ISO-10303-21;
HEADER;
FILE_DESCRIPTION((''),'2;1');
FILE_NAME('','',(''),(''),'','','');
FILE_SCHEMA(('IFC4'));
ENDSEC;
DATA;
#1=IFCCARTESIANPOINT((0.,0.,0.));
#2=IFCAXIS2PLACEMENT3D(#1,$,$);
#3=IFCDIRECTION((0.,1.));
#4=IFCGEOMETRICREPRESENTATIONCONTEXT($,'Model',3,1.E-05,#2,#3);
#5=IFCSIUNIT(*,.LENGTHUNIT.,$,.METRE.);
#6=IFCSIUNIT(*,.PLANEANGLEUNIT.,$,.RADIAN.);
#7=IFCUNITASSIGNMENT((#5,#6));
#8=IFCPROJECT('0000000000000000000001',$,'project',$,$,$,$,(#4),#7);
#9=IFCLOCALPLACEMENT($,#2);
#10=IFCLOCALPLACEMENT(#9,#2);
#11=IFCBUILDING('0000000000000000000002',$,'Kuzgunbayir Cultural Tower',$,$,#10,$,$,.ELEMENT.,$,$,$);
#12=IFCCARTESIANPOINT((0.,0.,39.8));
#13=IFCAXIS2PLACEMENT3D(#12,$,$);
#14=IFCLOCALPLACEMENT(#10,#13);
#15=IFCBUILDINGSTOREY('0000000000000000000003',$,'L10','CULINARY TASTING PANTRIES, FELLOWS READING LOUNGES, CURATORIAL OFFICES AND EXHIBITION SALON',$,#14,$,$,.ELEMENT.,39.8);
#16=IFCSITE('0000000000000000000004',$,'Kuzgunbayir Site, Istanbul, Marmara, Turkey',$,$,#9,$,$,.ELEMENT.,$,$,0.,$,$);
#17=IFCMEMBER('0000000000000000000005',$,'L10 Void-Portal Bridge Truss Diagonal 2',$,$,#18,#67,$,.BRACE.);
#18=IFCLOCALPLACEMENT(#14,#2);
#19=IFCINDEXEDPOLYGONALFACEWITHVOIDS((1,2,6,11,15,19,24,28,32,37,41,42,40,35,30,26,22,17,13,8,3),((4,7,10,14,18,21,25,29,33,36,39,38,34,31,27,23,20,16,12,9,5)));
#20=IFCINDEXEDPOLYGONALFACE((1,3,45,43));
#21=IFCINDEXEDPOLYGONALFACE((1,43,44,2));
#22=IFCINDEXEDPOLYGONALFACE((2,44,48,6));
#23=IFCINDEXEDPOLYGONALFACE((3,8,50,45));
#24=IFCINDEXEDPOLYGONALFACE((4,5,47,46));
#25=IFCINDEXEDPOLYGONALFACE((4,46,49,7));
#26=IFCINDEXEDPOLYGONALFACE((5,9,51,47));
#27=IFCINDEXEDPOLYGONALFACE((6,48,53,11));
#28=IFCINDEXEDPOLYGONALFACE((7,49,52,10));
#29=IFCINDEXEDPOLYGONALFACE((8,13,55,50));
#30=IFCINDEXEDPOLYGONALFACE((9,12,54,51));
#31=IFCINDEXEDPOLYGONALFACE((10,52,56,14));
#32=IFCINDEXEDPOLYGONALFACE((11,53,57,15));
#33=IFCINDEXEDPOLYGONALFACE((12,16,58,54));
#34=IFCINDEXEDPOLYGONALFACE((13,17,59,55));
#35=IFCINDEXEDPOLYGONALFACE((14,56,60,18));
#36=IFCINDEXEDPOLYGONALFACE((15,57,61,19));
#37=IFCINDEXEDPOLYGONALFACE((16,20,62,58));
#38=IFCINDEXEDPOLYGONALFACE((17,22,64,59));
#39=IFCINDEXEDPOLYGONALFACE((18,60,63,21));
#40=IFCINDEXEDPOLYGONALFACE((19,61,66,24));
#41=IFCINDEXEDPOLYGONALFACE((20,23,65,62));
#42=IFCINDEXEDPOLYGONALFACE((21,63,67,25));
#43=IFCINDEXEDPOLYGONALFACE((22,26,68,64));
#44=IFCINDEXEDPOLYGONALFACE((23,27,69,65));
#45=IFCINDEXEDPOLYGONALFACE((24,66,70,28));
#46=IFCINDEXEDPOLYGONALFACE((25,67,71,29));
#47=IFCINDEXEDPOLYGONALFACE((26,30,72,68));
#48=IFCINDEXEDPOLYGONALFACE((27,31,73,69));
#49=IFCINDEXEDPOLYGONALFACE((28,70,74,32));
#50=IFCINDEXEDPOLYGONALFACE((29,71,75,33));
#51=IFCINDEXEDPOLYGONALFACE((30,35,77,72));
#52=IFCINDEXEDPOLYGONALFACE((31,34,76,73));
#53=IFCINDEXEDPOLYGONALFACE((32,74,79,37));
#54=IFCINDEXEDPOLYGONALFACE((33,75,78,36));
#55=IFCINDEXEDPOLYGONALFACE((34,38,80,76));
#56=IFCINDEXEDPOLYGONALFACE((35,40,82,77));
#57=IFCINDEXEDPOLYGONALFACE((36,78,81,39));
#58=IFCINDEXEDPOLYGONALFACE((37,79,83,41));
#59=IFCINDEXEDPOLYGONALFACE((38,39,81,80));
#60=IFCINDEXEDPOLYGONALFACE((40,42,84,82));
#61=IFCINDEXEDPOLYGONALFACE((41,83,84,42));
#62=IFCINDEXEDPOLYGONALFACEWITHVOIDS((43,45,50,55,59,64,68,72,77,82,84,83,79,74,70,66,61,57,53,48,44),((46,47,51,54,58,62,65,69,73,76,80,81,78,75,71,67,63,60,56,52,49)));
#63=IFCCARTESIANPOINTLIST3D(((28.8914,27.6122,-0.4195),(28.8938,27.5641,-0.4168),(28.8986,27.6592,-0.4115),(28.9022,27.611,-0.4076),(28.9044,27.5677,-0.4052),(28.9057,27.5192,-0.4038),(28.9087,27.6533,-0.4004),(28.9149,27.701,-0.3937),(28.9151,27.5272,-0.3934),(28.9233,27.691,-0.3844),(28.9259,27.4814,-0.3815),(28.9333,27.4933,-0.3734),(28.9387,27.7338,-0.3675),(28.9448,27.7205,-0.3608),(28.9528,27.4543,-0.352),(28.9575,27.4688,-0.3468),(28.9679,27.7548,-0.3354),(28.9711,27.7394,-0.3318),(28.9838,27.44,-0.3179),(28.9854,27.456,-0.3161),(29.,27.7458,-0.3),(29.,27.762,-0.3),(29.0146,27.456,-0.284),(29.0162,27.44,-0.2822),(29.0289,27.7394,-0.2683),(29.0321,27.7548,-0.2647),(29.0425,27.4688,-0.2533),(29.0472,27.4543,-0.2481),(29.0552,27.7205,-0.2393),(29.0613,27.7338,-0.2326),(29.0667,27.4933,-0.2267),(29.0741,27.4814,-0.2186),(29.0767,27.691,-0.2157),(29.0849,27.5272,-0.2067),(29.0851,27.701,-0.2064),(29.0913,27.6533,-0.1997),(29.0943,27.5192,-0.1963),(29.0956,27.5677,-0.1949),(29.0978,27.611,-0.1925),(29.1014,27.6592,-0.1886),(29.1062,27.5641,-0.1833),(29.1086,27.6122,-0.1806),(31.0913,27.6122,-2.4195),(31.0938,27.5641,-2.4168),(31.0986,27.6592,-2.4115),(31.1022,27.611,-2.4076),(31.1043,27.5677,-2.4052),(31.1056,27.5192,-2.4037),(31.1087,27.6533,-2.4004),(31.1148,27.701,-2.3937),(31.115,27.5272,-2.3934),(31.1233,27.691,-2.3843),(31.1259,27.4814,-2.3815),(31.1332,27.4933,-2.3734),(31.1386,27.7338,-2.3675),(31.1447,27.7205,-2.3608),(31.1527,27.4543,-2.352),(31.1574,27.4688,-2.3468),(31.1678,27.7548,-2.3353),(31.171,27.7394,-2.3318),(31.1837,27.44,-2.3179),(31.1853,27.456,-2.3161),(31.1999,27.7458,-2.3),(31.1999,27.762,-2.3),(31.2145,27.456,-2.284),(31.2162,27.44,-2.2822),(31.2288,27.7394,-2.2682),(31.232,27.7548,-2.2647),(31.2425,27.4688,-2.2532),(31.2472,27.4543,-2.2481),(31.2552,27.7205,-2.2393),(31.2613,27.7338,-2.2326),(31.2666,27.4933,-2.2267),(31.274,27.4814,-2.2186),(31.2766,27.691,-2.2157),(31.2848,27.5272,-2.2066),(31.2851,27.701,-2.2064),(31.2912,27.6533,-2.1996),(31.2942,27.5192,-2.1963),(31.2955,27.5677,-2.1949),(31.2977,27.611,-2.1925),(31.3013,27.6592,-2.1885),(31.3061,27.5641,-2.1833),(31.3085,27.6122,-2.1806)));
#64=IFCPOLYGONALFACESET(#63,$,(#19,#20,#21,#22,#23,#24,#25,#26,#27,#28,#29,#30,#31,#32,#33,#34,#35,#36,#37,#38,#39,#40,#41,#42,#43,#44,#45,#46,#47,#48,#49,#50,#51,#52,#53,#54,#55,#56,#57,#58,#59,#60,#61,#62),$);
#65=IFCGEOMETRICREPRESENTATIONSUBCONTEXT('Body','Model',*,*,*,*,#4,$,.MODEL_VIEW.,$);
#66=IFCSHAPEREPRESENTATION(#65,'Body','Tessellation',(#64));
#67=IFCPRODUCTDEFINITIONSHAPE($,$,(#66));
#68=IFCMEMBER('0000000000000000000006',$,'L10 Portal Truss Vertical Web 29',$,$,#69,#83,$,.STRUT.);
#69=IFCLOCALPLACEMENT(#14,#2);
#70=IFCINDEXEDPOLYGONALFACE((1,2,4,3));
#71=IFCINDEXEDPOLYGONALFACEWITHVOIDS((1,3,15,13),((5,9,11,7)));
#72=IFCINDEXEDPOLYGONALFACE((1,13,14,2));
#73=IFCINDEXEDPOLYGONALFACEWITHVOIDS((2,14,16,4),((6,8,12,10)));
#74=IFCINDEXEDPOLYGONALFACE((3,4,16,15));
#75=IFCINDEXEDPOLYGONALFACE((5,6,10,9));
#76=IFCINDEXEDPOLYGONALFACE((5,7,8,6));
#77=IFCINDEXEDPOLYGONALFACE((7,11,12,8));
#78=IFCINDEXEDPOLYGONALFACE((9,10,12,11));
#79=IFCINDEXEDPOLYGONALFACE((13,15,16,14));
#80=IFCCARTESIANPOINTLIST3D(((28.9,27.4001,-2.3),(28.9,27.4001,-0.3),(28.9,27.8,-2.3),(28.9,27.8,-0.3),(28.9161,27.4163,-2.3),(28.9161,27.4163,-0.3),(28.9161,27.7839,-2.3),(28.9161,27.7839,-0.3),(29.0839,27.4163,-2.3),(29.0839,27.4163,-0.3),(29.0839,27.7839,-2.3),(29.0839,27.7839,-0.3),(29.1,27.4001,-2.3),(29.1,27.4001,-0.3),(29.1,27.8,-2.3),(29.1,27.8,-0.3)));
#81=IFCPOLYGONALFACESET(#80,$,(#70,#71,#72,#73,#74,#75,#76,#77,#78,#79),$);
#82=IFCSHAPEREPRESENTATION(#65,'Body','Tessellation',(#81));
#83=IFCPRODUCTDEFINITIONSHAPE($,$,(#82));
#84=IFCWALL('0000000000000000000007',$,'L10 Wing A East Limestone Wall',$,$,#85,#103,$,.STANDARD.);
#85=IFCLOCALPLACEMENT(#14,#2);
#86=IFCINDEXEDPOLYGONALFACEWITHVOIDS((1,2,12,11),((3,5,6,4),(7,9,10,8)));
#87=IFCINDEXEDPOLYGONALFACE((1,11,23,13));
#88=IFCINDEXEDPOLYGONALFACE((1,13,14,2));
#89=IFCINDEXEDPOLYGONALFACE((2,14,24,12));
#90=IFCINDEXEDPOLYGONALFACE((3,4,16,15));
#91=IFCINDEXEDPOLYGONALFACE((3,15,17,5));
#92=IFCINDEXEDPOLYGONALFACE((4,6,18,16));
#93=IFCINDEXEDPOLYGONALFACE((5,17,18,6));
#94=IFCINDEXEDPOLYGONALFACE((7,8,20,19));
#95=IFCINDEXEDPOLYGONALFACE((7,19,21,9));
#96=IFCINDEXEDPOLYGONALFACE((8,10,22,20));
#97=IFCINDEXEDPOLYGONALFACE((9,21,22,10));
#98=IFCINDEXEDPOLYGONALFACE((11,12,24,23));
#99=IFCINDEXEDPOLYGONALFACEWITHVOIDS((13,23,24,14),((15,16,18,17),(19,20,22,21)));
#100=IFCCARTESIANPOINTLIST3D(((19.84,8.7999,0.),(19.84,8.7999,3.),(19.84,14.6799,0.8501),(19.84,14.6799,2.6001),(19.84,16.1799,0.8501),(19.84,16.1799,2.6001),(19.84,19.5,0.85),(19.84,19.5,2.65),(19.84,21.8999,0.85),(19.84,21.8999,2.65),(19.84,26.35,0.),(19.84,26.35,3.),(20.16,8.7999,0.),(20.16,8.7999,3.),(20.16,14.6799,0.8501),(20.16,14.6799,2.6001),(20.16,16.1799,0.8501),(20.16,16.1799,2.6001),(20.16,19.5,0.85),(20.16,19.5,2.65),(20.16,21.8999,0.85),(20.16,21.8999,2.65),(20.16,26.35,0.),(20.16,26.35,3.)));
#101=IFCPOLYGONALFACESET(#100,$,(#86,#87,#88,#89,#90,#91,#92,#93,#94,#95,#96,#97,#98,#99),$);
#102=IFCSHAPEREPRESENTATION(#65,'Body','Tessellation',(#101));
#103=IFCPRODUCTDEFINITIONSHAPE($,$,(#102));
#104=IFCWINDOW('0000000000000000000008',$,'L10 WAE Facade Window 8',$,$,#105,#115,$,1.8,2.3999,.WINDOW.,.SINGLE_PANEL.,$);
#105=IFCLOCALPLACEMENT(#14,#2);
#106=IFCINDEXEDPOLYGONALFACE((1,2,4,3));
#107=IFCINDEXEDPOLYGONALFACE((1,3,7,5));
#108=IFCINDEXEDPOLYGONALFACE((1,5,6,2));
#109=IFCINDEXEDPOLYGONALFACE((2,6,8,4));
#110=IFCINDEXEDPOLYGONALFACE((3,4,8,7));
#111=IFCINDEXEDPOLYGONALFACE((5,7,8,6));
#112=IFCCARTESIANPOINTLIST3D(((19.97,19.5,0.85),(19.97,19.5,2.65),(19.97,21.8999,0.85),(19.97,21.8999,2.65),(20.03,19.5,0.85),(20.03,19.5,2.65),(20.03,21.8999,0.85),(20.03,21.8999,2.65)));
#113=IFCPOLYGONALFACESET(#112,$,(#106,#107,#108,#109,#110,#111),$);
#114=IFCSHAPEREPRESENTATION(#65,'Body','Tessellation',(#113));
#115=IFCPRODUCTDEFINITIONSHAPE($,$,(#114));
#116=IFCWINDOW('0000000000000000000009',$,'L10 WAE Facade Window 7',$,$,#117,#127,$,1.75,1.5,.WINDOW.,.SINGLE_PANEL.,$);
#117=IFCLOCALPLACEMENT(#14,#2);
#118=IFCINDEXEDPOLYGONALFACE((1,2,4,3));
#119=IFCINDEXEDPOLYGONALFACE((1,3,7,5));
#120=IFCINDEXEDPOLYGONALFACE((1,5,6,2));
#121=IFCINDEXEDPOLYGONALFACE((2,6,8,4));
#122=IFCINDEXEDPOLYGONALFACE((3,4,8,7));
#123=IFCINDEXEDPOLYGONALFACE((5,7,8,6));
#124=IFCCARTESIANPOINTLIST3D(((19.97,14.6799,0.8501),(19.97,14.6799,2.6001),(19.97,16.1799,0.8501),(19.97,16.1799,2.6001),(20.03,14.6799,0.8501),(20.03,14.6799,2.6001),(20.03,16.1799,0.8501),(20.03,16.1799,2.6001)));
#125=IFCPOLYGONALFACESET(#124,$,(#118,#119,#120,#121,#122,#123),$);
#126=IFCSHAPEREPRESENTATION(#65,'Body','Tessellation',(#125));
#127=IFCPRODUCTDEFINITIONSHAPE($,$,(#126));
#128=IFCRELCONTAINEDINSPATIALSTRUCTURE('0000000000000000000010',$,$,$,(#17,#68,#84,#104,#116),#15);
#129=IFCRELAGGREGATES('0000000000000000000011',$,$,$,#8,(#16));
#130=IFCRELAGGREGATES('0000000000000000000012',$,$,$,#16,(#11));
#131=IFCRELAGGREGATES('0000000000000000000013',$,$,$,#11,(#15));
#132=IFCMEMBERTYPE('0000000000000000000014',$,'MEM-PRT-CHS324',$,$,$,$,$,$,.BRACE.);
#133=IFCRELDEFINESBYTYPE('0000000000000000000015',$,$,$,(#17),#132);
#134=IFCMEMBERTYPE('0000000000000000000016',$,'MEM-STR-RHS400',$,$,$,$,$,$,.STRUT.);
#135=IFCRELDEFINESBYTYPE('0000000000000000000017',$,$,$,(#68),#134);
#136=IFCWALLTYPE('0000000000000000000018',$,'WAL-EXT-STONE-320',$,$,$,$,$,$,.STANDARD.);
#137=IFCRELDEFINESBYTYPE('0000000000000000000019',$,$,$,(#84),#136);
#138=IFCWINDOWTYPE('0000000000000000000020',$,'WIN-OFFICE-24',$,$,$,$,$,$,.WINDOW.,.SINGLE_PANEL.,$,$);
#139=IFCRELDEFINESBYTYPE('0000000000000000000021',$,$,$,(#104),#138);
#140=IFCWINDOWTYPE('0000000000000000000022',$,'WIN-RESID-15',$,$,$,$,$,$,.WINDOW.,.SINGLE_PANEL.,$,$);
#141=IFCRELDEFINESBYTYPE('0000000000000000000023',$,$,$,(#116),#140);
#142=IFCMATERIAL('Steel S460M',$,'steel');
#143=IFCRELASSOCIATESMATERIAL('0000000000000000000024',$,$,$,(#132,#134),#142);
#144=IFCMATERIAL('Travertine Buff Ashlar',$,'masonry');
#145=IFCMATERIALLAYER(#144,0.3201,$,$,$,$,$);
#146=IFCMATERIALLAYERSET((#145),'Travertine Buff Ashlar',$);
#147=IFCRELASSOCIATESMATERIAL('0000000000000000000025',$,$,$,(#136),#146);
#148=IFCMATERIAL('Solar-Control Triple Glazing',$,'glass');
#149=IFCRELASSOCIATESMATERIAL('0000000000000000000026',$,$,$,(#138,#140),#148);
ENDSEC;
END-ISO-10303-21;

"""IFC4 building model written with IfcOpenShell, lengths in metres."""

from ifc_helpers import new_model, si_unit, direction, frame, frame_2d, origin, origin_2d, place, context, subcontext, project, spatial, rectangle, hollow_rectangle, hollow_circle, extrude, material, layer, layer_set, material_profile, profile_set, type_object, element, fill, save


model = new_model("IFC4")

# Units and contexts
model_context = context("Model", 3, precision=1e-05, world=origin(), true_north=direction((0.0, 1.0)))
body_context = subcontext(model_context, "Body", "Model", "MODEL_VIEW")
ifc_project = project(units=[si_unit("LENGTHUNIT", "METRE"), si_unit("PLANEANGLEUNIT", "RADIAN")], contexts=[model_context])

# Site, building, storey
site_placement = place(None, origin())
site = spatial("IfcSite", under=ifc_project, at=site_placement, Name="Kuzgunbayir Site, Istanbul, Marmara, Turkey", CompositionType="ELEMENT", RefElevation=0.0)
building_placement = place(site_placement, origin())
building = spatial("IfcBuilding", under=site, at=building_placement, Name="Kuzgunbayir Cultural Tower", CompositionType="ELEMENT")
storey_placement = place(building_placement, frame((0.0, 0.0, 39.8)))
storey = spatial("IfcBuildingStorey", under=building, at=storey_placement, Name="L10", Description="CULINARY TASTING PANTRIES, FELLOWS READING LOUNGES, CURATORIAL OFFICES AND EXHIBITION SALON", CompositionType="ELEMENT", Elevation=39.8)

# Shared definitions
ifc_material_1 = material(Name="Steel S460M", Category="steel")

# Members
ifc_material_profile_1 = material_profile(ifc_material_1, hollow_circle(Radius=0.1619, WallThickness=0.0161, at=origin_2d()), Name="CHS 323.9x16")
ifc_profile_set_1 = profile_set([ifc_material_profile_1], Name="Steel S460M")
member_type_1 = type_object("IfcMemberType", Name="MEM-PRT-CHS324", PredefinedType="BRACE", material=ifc_profile_set_1)
member_1_placement = place(storey_placement, frame((29.0, 27.6001, -0.3), z_axis=(0.739933, 0.0, -0.672681), x_axis=(0.0, 1.0, 0.0)))
element("IfcMember", 1, at=member_1_placement, inside=storey, type_object=member_type_1, Name="L10 Void-Portal Bridge Truss Diagonal 2", PredefinedType="BRACE", context=body_context, shape_type="SweptSolid", body=[
    extrude(hollow_circle(Radius=0.1619, WallThickness=0.0161, at=origin_2d()), origin(), (0.0, 0.0, 1.0), 2.9731),
])
ifc_material_profile_2 = material_profile(ifc_material_1, hollow_rectangle(XDim=0.2, YDim=0.3999, WallThickness=0.0161, at=origin_2d()), Name="RHS 400x200x16")
ifc_profile_set_2 = profile_set([ifc_material_profile_2], Name="Steel S460M")
member_type_2 = type_object("IfcMemberType", Name="MEM-STR-RHS400", PredefinedType="STRUT", material=ifc_profile_set_2)
member_2_placement = place(storey_placement, frame((29.0, 27.6001, -2.3), z_axis=(0.0, 0.0, 1.0), x_axis=(1.0, 0.0, 0.0)))
element("IfcMember", 2, at=member_2_placement, inside=storey, type_object=member_type_2, Name="L10 Portal Truss Vertical Web 29", PredefinedType="STRUT", context=body_context, shape_type="SweptSolid", body=[
    extrude(hollow_rectangle(XDim=0.2, YDim=0.3999, WallThickness=0.0161, at=origin_2d()), origin(), (0.0, 0.0, 1.0), 2.0),
])

# Wall, openings, windows
ifc_material_2 = material(Name="Travertine Buff Ashlar", Category="masonry")
ifc_layer_1 = layer(ifc_material_2, 0.3201)
ifc_layer_set_1 = layer_set([ifc_layer_1], Name="Travertine Buff Ashlar")
wall_type_1 = type_object("IfcWallType", Name="WAL-EXT-STONE-320", PredefinedType="STANDARD", material=ifc_layer_set_1)
wall_1_placement = place(storey_placement, frame((20.0, 8.8, 0.0), z_axis=(0.0, 0.0, 1.0), x_axis=(0.0, 1.0, 0.0)))
wall_1 = element("IfcWall", 3, at=wall_1_placement, inside=storey, type_object=wall_type_1, Name="L10 Wing A East Limestone Wall", PredefinedType="STANDARD", context=body_context, shape_type="SweptSolid", body=[
    extrude(rectangle(XDim=17.55, YDim=0.3201, at=frame_2d((8.7749, 0.0))), origin(), (0.0, 0.0, 1.0), 3.0),
])
opening_1_placement = place(wall_1_placement, frame((5.8799, 0.0, 0.8501)))
opening_1 = element("IfcOpeningElement", 4, at=opening_1_placement, cuts=wall_1, PredefinedType="OPENING", context=body_context, shape_type="SweptSolid", body=[
    extrude(rectangle(XDim=1.5, YDim=1.75, at=frame_2d((0.75, 0.875))), frame((0.0, 0.1699, 0.0), z_axis=(0.0, -1.0, 0.0), x_axis=(1.0, 0.0, 0.0)), (0.0, 0.0, 1.0), 0.3401),
])
opening_2_placement = place(wall_1_placement, frame((10.7, 0.0, 0.8501)))
opening_2 = element("IfcOpeningElement", 5, at=opening_2_placement, cuts=wall_1, PredefinedType="OPENING", context=body_context, shape_type="SweptSolid", body=[
    extrude(rectangle(XDim=2.3999, YDim=1.8, at=frame_2d((1.2, 0.8999))), frame((0.0, 0.1699, 0.0), z_axis=(0.0, -1.0, 0.0), x_axis=(1.0, 0.0, 0.0)), (0.0, 0.0, 1.0), 0.3401),
])
ifc_material_3 = material(Name="Solar-Control Triple Glazing", Category="glass")
window_type_1 = type_object("IfcWindowType", Name="WIN-OFFICE-24", PartitioningType="SINGLE_PANEL", PredefinedType="WINDOW", material=ifc_material_3)
window_1_placement = place(opening_2_placement, origin())
window_1 = element("IfcWindow", 6, at=window_1_placement, inside=storey, type_object=window_type_1, Name="L10 WAE Facade Window 8", OverallHeight=1.8, OverallWidth=2.3999, PartitioningType="SINGLE_PANEL", PredefinedType="WINDOW", context=body_context, shape_type="SweptSolid", body=[
    extrude(rectangle(XDim=2.3999, YDim=1.8, at=frame_2d((1.2, 0.8999))), frame((0.0, 0.03, 0.0), z_axis=(0.0, -1.0, 0.0), x_axis=(1.0, 0.0, 0.0)), (0.0, 0.0, 1.0), 0.0601),
])
fill(opening_2, window_1)
window_type_2 = type_object("IfcWindowType", Name="WIN-RESID-15", PartitioningType="SINGLE_PANEL", PredefinedType="WINDOW", material=ifc_material_3)
window_2_placement = place(opening_1_placement, origin())
window_2 = element("IfcWindow", 7, at=window_2_placement, inside=storey, type_object=window_type_2, Name="L10 WAE Facade Window 7", OverallHeight=1.75, OverallWidth=1.5, PartitioningType="SINGLE_PANEL", PredefinedType="WINDOW", context=body_context, shape_type="SweptSolid", body=[
    extrude(rectangle(XDim=1.5, YDim=1.75, at=frame_2d((0.75, 0.875))), frame((0.0, 0.03, 0.0), z_axis=(0.0, -1.0, 0.0), x_axis=(1.0, 0.0, 0.0)), (0.0, 0.0, 1.0), 0.0601),
])
fill(opening_1, window_2)

save(model, "model.ifc")
